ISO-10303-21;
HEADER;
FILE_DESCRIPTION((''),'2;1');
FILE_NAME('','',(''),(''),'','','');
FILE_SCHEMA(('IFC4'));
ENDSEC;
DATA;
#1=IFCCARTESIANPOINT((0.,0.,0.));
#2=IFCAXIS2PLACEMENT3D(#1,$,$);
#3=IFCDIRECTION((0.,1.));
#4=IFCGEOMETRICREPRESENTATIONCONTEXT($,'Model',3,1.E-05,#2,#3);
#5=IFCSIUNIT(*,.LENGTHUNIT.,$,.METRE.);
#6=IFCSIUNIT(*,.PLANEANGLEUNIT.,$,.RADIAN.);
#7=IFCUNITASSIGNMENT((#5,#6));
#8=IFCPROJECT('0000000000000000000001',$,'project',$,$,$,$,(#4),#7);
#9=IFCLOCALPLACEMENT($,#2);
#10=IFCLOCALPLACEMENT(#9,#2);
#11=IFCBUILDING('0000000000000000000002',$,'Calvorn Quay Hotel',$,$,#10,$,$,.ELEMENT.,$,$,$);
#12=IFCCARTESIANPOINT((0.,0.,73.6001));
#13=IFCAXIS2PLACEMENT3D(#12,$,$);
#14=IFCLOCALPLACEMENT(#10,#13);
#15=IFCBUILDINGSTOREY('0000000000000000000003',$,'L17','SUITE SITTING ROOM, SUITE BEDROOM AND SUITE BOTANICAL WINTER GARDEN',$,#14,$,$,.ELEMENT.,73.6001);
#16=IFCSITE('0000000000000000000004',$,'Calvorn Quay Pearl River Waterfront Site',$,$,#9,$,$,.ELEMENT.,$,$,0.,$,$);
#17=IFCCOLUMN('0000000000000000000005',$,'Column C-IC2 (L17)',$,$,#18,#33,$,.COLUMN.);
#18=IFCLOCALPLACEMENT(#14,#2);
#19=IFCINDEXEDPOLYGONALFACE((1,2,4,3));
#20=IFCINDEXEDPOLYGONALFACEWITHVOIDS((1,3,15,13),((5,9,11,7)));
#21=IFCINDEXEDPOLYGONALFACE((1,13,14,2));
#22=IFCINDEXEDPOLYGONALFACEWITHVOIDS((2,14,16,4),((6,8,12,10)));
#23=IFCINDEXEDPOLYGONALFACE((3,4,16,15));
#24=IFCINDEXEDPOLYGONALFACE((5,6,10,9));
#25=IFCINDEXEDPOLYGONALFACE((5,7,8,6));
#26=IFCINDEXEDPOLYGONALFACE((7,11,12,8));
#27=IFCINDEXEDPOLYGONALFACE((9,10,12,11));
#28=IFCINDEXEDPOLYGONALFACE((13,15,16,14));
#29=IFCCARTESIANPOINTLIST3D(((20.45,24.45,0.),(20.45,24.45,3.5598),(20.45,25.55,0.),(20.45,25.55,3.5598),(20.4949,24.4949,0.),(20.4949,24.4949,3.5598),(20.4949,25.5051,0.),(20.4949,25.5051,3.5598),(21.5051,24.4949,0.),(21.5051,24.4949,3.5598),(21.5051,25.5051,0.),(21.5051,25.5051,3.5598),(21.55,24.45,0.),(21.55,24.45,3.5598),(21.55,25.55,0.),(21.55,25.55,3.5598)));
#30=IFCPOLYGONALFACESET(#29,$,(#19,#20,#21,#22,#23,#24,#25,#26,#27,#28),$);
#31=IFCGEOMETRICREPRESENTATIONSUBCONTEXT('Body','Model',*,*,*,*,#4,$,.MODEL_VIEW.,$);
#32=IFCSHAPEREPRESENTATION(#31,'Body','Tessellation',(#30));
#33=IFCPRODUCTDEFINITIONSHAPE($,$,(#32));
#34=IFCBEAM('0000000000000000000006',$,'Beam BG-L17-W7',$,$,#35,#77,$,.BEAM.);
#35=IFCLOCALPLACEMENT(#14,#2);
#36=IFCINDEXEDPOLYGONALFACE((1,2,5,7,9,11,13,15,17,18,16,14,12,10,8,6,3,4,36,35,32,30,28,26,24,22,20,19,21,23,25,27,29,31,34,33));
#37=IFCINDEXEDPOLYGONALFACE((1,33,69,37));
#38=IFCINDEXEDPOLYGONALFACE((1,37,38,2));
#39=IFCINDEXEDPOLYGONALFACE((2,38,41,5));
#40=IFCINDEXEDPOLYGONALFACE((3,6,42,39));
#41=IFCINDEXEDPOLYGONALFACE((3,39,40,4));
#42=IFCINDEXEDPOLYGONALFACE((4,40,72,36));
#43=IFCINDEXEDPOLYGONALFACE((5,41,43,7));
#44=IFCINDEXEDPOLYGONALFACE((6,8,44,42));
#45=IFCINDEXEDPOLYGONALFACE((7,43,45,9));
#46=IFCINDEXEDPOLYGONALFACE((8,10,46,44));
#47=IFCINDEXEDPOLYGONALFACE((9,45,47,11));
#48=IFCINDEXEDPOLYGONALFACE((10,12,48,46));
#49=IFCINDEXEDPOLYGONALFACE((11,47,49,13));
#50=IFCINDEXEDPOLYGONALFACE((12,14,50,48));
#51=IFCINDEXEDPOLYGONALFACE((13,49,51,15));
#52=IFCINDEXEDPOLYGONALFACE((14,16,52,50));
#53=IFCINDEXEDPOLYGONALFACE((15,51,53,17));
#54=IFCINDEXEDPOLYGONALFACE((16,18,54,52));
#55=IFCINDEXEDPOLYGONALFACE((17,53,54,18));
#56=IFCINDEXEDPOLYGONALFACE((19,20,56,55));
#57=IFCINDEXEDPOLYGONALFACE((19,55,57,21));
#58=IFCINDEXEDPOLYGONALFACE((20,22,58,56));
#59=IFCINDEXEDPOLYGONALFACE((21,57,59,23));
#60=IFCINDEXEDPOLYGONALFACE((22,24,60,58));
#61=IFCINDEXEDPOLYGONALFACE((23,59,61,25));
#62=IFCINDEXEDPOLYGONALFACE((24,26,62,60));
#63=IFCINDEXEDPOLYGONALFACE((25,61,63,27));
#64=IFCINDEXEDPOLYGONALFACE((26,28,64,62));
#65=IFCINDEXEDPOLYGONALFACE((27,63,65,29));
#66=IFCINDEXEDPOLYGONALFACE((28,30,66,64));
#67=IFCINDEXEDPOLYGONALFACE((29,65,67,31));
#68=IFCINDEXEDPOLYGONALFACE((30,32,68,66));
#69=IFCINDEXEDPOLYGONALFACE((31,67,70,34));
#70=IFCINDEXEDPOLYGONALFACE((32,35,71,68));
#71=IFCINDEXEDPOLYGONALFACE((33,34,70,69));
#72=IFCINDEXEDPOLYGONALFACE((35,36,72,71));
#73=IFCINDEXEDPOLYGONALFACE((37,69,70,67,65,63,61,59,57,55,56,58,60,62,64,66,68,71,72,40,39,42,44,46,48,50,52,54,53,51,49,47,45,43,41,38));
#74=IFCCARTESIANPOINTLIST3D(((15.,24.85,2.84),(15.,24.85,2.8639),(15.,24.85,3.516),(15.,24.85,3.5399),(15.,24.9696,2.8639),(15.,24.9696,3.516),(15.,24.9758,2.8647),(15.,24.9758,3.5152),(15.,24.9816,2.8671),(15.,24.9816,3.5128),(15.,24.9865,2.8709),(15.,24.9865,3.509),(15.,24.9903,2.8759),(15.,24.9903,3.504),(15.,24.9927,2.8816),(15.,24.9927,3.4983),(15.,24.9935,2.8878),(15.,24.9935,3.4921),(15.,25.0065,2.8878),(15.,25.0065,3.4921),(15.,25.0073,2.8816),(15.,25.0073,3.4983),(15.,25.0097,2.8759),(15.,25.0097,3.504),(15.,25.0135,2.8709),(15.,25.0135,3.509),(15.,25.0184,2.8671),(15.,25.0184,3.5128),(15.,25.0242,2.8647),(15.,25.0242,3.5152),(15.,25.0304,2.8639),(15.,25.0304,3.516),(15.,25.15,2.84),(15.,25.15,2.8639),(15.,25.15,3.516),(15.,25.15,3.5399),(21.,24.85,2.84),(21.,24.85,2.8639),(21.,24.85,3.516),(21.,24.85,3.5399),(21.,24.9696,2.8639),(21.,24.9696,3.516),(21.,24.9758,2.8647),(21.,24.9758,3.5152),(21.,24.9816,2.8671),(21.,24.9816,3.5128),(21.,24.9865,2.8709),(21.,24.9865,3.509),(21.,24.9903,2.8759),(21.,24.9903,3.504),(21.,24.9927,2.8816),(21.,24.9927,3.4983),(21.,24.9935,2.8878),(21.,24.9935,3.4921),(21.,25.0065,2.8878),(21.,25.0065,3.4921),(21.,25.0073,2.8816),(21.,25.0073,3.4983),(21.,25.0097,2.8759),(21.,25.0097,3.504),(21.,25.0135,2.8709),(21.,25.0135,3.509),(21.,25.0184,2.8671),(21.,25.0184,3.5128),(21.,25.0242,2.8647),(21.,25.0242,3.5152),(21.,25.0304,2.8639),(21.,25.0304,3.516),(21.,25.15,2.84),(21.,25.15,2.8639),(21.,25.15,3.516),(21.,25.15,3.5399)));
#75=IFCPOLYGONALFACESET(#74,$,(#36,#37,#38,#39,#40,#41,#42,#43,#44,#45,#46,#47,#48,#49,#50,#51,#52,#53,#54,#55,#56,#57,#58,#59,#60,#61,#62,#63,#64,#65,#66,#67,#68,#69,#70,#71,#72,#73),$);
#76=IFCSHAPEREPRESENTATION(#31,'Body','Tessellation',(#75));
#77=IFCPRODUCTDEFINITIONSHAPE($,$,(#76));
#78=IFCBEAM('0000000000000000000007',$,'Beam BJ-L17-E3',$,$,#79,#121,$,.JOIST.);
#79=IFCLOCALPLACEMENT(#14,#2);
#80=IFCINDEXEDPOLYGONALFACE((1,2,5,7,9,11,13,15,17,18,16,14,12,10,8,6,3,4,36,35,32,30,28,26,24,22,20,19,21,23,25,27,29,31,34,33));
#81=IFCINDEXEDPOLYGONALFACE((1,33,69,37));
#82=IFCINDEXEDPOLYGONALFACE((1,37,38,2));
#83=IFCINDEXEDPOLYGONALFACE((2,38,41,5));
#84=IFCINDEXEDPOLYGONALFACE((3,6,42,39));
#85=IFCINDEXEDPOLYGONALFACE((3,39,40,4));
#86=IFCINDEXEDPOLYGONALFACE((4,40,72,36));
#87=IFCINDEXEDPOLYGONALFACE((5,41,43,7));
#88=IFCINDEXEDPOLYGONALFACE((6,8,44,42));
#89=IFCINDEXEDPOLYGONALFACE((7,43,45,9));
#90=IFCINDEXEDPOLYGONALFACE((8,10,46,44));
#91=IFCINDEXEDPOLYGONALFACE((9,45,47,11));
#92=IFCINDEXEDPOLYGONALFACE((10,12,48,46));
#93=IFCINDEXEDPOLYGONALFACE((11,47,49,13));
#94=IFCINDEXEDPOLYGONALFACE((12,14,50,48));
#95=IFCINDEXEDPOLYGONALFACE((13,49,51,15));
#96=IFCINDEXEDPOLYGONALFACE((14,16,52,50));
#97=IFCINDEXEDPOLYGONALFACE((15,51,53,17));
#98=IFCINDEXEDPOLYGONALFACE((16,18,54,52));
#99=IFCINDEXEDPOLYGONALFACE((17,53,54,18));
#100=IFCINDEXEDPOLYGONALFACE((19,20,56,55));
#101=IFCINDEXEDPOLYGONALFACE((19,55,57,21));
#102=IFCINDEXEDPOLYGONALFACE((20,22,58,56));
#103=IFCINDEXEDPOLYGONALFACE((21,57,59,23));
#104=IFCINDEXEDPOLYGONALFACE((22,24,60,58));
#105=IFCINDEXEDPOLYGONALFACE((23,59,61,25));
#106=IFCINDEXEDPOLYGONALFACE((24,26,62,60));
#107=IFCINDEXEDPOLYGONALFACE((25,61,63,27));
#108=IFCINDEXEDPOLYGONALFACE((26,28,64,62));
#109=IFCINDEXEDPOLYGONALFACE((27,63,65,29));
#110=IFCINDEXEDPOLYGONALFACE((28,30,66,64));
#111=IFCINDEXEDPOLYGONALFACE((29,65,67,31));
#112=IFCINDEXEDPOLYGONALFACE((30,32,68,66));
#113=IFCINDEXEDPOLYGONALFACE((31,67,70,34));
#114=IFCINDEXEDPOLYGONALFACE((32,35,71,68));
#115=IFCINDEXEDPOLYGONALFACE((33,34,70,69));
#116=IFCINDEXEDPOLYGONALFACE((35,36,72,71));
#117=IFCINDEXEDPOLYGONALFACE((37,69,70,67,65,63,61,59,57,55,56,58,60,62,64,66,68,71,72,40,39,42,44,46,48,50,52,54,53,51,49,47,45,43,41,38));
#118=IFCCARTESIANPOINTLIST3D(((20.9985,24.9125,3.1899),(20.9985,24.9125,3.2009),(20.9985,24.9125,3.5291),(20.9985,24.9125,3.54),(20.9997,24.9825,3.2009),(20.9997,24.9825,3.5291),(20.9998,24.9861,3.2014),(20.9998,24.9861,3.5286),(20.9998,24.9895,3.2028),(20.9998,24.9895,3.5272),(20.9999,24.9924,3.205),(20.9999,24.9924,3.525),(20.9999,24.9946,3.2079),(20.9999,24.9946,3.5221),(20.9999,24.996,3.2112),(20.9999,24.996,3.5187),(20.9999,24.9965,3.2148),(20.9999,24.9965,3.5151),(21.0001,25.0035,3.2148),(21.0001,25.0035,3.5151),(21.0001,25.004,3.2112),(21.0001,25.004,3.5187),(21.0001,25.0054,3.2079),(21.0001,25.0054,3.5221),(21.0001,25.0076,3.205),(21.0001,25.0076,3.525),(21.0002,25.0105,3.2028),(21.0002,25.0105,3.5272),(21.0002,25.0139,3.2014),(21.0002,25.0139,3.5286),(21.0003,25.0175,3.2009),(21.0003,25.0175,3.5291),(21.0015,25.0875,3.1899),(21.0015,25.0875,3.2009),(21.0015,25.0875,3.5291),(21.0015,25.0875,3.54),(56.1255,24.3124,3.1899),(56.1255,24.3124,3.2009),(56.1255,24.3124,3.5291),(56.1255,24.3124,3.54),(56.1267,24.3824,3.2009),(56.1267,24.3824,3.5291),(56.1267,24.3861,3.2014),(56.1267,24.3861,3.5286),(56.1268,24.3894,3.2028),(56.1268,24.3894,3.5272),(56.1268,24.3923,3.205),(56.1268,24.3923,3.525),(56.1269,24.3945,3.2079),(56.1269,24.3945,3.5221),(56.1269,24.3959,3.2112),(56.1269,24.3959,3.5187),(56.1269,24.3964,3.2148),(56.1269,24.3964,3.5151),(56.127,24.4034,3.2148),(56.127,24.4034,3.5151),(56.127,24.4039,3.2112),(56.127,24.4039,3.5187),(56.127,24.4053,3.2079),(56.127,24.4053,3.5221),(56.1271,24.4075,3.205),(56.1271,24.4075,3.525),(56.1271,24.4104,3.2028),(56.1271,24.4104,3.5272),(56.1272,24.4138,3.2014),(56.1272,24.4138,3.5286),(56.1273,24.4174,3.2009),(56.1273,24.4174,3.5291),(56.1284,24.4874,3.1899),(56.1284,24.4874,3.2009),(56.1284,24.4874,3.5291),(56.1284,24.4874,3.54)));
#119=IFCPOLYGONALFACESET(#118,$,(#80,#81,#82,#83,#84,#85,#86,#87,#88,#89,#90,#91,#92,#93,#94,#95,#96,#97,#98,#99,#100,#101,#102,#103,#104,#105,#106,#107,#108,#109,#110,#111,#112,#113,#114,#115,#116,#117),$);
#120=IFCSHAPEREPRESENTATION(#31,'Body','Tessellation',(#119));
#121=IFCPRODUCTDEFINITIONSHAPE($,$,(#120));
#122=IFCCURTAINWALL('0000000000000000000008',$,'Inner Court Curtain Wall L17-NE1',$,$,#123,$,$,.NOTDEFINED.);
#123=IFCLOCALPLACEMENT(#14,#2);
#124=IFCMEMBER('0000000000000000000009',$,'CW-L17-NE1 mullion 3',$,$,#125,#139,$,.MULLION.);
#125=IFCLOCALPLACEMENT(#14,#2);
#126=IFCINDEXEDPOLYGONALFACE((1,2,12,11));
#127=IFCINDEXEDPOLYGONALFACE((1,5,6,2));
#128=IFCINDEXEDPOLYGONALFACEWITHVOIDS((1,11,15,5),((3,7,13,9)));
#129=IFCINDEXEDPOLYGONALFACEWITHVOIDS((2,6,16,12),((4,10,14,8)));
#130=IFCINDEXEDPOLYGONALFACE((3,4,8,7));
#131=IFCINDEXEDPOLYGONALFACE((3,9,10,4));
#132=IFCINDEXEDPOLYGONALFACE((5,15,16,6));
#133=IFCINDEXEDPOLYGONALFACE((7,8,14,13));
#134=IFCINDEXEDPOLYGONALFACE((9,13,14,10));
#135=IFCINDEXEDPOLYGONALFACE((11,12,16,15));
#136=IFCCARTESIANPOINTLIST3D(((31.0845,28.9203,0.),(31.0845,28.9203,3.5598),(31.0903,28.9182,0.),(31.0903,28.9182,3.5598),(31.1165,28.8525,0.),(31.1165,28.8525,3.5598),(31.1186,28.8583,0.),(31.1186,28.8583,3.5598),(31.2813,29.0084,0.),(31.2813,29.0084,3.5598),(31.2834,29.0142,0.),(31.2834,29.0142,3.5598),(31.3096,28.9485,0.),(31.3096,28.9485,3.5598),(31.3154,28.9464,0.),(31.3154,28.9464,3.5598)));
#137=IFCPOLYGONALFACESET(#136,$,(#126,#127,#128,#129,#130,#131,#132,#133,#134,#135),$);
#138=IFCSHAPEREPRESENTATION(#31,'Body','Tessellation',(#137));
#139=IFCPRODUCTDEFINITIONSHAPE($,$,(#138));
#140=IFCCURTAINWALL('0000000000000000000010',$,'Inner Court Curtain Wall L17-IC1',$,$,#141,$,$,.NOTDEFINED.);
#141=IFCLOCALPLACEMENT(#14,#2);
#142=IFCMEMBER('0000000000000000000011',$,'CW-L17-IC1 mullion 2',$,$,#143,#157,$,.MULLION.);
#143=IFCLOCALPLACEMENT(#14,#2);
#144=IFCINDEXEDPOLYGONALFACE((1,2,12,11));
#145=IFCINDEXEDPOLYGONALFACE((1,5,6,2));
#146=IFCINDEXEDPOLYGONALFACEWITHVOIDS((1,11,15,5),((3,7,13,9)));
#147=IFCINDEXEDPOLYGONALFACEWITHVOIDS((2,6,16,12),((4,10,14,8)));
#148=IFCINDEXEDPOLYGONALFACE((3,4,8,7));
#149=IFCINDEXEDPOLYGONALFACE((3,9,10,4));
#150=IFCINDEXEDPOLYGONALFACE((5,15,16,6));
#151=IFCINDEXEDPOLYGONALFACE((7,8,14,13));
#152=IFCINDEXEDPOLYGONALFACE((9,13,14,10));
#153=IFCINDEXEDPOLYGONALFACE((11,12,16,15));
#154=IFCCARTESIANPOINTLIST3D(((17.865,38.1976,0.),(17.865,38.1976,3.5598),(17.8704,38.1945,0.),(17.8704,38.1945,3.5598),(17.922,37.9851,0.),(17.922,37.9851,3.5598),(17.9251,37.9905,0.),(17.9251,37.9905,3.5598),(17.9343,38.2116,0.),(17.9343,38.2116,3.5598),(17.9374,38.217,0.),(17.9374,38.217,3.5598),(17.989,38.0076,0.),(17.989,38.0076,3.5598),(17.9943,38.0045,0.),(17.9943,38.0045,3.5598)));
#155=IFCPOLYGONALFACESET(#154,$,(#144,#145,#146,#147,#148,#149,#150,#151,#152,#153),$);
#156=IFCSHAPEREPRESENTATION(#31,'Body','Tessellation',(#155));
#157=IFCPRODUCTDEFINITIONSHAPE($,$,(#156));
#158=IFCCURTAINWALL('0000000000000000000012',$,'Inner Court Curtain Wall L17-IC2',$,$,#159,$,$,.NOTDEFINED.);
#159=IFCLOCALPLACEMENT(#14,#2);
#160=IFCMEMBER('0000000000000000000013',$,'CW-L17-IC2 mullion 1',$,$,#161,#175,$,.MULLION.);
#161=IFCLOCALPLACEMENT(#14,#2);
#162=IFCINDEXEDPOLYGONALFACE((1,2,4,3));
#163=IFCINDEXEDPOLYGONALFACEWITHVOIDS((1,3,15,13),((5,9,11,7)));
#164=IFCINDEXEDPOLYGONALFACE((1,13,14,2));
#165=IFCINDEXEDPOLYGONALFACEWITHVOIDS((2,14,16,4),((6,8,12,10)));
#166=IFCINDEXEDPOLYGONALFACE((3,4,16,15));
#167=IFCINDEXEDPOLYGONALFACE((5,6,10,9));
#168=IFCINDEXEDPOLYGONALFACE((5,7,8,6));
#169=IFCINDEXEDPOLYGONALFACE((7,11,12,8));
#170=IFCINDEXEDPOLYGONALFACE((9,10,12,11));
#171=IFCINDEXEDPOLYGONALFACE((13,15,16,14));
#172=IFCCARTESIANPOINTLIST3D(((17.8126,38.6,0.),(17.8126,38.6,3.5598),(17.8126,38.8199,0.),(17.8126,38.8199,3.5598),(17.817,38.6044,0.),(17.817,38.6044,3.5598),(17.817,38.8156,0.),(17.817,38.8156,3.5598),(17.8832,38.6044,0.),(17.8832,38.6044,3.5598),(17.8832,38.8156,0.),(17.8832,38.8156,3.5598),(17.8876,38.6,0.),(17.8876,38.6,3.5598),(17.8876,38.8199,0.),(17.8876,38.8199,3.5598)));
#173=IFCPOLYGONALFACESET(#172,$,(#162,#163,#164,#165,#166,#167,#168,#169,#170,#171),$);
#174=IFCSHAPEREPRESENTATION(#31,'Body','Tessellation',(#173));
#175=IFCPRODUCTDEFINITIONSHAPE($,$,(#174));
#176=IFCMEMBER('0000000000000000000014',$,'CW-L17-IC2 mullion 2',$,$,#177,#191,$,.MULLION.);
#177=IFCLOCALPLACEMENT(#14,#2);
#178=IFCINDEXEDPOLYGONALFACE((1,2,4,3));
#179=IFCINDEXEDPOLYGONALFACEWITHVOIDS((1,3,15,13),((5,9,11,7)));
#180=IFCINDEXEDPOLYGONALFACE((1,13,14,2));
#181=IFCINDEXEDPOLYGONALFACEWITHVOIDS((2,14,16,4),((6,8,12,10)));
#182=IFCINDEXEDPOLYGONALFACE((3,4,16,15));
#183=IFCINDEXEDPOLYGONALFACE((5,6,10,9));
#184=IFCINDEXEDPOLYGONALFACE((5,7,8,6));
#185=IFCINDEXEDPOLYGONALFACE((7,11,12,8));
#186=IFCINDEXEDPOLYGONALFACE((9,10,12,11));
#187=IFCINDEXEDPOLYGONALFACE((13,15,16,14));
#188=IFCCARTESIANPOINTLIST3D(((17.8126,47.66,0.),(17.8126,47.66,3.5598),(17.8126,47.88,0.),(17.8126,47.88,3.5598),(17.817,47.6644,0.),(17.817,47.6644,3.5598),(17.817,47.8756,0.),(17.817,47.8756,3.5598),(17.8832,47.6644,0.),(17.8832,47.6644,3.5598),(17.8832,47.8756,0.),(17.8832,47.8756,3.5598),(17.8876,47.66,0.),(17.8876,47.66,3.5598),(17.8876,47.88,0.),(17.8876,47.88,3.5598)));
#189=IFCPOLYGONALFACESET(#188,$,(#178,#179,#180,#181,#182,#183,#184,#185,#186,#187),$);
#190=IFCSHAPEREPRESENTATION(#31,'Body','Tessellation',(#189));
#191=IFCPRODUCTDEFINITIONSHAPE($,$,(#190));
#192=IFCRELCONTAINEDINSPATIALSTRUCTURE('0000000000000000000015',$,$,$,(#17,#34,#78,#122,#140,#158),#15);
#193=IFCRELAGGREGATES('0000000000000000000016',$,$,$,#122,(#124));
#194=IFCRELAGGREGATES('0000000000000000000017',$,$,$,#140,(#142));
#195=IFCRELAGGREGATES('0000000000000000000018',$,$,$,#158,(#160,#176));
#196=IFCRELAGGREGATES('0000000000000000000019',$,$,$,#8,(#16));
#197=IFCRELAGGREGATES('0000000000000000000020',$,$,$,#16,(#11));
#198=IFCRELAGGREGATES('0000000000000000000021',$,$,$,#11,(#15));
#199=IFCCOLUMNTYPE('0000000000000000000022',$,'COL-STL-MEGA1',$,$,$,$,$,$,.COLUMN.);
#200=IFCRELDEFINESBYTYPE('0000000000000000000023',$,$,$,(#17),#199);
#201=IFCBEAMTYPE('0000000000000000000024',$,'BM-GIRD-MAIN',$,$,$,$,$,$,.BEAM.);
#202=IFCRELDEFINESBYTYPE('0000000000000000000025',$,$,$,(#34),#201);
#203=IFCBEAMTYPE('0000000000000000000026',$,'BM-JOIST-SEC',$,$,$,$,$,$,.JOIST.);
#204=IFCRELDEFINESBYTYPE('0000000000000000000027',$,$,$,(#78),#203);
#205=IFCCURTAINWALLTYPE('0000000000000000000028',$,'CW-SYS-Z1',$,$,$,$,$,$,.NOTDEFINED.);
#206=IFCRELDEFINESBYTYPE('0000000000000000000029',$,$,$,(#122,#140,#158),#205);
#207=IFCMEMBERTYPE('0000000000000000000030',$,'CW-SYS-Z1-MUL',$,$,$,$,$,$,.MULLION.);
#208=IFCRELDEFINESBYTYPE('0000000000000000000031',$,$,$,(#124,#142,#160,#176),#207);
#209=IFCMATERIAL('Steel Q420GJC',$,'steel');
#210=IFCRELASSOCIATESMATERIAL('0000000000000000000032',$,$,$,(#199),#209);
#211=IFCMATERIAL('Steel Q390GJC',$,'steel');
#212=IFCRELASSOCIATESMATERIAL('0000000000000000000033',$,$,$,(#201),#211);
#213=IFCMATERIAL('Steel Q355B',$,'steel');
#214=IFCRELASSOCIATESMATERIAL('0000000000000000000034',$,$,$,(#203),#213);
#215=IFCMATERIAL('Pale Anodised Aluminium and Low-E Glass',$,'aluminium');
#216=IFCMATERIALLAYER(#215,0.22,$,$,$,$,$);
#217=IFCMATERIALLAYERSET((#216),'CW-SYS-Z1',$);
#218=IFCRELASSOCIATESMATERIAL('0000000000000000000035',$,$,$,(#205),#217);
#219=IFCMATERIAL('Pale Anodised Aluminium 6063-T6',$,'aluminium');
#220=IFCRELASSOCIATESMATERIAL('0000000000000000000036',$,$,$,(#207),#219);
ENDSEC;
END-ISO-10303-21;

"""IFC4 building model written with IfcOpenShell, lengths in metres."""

from ifc_helpers import new_model, si_unit, direction, frame, origin, origin_2d, place, context, subcontext, project, spatial, hollow_rectangle, i_section, extrude, material, layer, layer_set, material_profile, profile_set, type_object, element, aggregate, save


model = new_model("IFC4")

# Units and contexts
model_context = context("Model", 3, precision=1e-05, world=origin(), true_north=direction((0.0, 1.0)))
body_context = subcontext(model_context, "Body", "Model", "MODEL_VIEW")
ifc_project = project(units=[si_unit("LENGTHUNIT", "METRE"), si_unit("PLANEANGLEUNIT", "RADIAN")], contexts=[model_context])

# Site, building, storey
site_placement = place(None, origin())
site = spatial("IfcSite", under=ifc_project, at=site_placement, Name="Calvorn Quay Pearl River Waterfront Site", CompositionType="ELEMENT", RefElevation=0.0)
building_placement = place(site_placement, origin())
building = spatial("IfcBuilding", under=site, at=building_placement, Name="Calvorn Quay Hotel", CompositionType="ELEMENT")
storey_placement = place(building_placement, frame((0.0, 0.0, 73.6001)))
storey = spatial("IfcBuildingStorey", under=building, at=storey_placement, Name="L17", Description="SUITE SITTING ROOM, SUITE BEDROOM AND SUITE BOTANICAL WINTER GARDEN", CompositionType="ELEMENT", Elevation=73.6001)

# Column
ifc_material_1 = material(Name="Steel Q420GJC", Category="steel")
ifc_material_profile_1 = material_profile(ifc_material_1, hollow_rectangle(XDim=1.1001, YDim=1.1001, WallThickness=0.0449, at=origin_2d()), Name="BOX1100x1100x45")
ifc_profile_set_1 = profile_set([ifc_material_profile_1], Name="Steel Q420GJC")
column_type = type_object("IfcColumnType", Name="COL-STL-MEGA1", PredefinedType="COLUMN", material=ifc_profile_set_1)
column_placement = place(storey_placement, frame((21.0, 25.0, 0.0), z_axis=(0.0, 0.0, 1.0), x_axis=(1.0, 0.0, 0.0)))
element("IfcColumn", 1, at=column_placement, inside=storey, type_object=column_type, Name="Column C-IC2 (L17)", PredefinedType="COLUMN", context=body_context, shape_type="SweptSolid", body=[
    extrude(hollow_rectangle(XDim=1.1001, YDim=1.1001, WallThickness=0.0449, at=origin_2d()), origin(), (0.0, 0.0, 1.0), 3.5598),
])

# Beams
ifc_material_2 = material(Name="Steel Q390GJC", Category="steel")
ifc_material_profile_2 = material_profile(ifc_material_2, i_section(OverallWidth=0.3, OverallDepth=0.7, WebThickness=0.0129, FlangeThickness=0.0239, FilletRadius=0.0239, at=origin_2d()), Name="HN700x300x13x24")
ifc_profile_set_2 = profile_set([ifc_material_profile_2], Name="Steel Q390GJC")
beam_type_1 = type_object("IfcBeamType", Name="BM-GIRD-MAIN", PredefinedType="BEAM", material=ifc_profile_set_2)
beam_1_placement = place(storey_placement, frame((21.0, 25.0, 3.1899), z_axis=(-1.0, 0.0, 0.0), x_axis=(0.0, -1.0, 0.0)))
element("IfcBeam", 2, at=beam_1_placement, inside=storey, type_object=beam_type_1, Name="Beam BG-L17-W7", PredefinedType="BEAM", context=body_context, shape_type="SweptSolid", body=[
    extrude(i_section(OverallWidth=0.3, OverallDepth=0.7, WebThickness=0.0129, FlangeThickness=0.0239, FilletRadius=0.0239, at=origin_2d()), origin(), (0.0, 0.0, 1.0), 6.0),
])
ifc_material_3 = material(Name="Steel Q355B", Category="steel")
ifc_material_profile_3 = material_profile(ifc_material_3, i_section(OverallWidth=0.175, OverallDepth=0.3501, WebThickness=0.0071, FlangeThickness=0.011, FilletRadius=0.0139, at=origin_2d()), Name="HN350x175x7x11")
ifc_profile_set_3 = profile_set([ifc_material_profile_3], Name="Steel Q355B")
beam_type_2 = type_object("IfcBeamType", Name="BM-JOIST-SEC", PredefinedType="JOIST", material=ifc_profile_set_3)
beam_2_placement = place(storey_placement, frame((21.0, 25.0, 3.365), z_axis=(0.999854, -0.017081, 0.0), x_axis=(0.017081, 0.999854, 0.0)))
element("IfcBeam", 3, at=beam_2_placement, inside=storey, type_object=beam_type_2, Name="Beam BJ-L17-E3", PredefinedType="JOIST", context=body_context, shape_type="SweptSolid", body=[
    extrude(i_section(OverallWidth=0.175, OverallDepth=0.3501, WebThickness=0.0071, FlangeThickness=0.011, FilletRadius=0.0139, at=origin_2d()), origin(), (0.0, 0.0, 1.0), 35.1321),
])

# Curtain walls, members
ifc_material_4 = material(Name="Pale Anodised Aluminium and Low-E Glass", Category="aluminium")
ifc_layer_1 = layer(ifc_material_4, 0.22)
ifc_layer_set_1 = layer_set([ifc_layer_1], Name="CW-SYS-Z1")
curtain_wall_type = type_object("IfcCurtainWallType", Name="CW-SYS-Z1", PredefinedType="NOTDEFINED", material=ifc_layer_set_1)
curtain_wall_1_placement = place(storey_placement, origin())
curtain_wall_1 = element("IfcCurtainWall", 4, at=curtain_wall_1_placement, inside=storey, type_object=curtain_wall_type, Name="Inner Court Curtain Wall L17-NE1", PredefinedType="NOTDEFINED")
ifc_material_5 = material(Name="Pale Anodised Aluminium 6063-T6", Category="aluminium")
ifc_material_profile_4 = material_profile(ifc_material_5, hollow_rectangle(XDim=0.075, YDim=0.22, WallThickness=0.0044, at=origin_2d()), Name="ALU-M220x75x4.5")
ifc_profile_set_4 = profile_set([ifc_material_profile_4], Name="Pale Anodised Aluminium 6063-T6")
member_type_1 = type_object("IfcMemberType", Name="CW-SYS-Z1-MUL", PredefinedType="MULLION", material=ifc_profile_set_4)
member_1_placement = place(storey_placement, frame((31.2, 28.9333, 0.0), z_axis=(0.0, 0.0, 1.0), x_axis=(0.427006, -0.904249, 0.0)))
member_1 = element("IfcMember", 5, at=member_1_placement, type_object=member_type_1, Name="CW-L17-NE1 mullion 3", PredefinedType="MULLION", context=body_context, shape_type="SweptSolid", body=[
    extrude(hollow_rectangle(XDim=0.075, YDim=0.22, WallThickness=0.0044, at=origin_2d()), origin(), (0.0, 0.0, 1.0), 3.5598),
])
curtain_wall_2_placement = place(storey_placement, origin())
curtain_wall_2 = element("IfcCurtainWall", 6, at=curtain_wall_2_placement, inside=storey, type_object=curtain_wall_type, Name="Inner Court Curtain Wall L17-IC1", PredefinedType="NOTDEFINED")
member_2_placement = place(storey_placement, frame((17.9297, 38.1011, 0.0), z_axis=(0.0, 0.0, 1.0), x_axis=(-0.965937, -0.258779, 0.0)))
member_2 = element("IfcMember", 7, at=member_2_placement, type_object=member_type_1, Name="CW-L17-IC1 mullion 2", PredefinedType="MULLION", context=body_context, shape_type="SweptSolid", body=[
    extrude(hollow_rectangle(XDim=0.075, YDim=0.22, WallThickness=0.0044, at=origin_2d()), origin(), (0.0, 0.0, 1.0), 3.5598),
])

# Curtain wall, members
curtain_wall_3_placement = place(storey_placement, origin())
curtain_wall_3 = element("IfcCurtainWall", 8, at=curtain_wall_3_placement, inside=storey, type_object=curtain_wall_type, Name="Inner Court Curtain Wall L17-IC2", PredefinedType="NOTDEFINED")
member_3_placement = place(storey_placement, frame((17.8501, 38.71, 0.0), z_axis=(0.0, 0.0, 1.0), x_axis=(-1.0, 0.0, 0.0)))
member_3 = element("IfcMember", 9, at=member_3_placement, type_object=member_type_1, Name="CW-L17-IC2 mullion 1", PredefinedType="MULLION", context=body_context, shape_type="SweptSolid", body=[
    extrude(hollow_rectangle(XDim=0.075, YDim=0.22, WallThickness=0.0044, at=origin_2d()), origin(), (0.0, 0.0, 1.0), 3.5598),
])
member_4_placement = place(storey_placement, frame((17.8501, 47.77, 0.0), z_axis=(0.0, 0.0, 1.0), x_axis=(-1.0, 0.0, 0.0)))
member_4 = element("IfcMember", 10, at=member_4_placement, type_object=member_type_1, Name="CW-L17-IC2 mullion 2", PredefinedType="MULLION", context=body_context, shape_type="SweptSolid", body=[
    extrude(hollow_rectangle(XDim=0.075, YDim=0.22, WallThickness=0.0044, at=origin_2d()), origin(), (0.0, 0.0, 1.0), 3.5598),
])

aggregate(curtain_wall_1, [member_1])
aggregate(curtain_wall_2, [member_2])
aggregate(curtain_wall_3, [member_3, member_4])

save(model, "model.ifc")
